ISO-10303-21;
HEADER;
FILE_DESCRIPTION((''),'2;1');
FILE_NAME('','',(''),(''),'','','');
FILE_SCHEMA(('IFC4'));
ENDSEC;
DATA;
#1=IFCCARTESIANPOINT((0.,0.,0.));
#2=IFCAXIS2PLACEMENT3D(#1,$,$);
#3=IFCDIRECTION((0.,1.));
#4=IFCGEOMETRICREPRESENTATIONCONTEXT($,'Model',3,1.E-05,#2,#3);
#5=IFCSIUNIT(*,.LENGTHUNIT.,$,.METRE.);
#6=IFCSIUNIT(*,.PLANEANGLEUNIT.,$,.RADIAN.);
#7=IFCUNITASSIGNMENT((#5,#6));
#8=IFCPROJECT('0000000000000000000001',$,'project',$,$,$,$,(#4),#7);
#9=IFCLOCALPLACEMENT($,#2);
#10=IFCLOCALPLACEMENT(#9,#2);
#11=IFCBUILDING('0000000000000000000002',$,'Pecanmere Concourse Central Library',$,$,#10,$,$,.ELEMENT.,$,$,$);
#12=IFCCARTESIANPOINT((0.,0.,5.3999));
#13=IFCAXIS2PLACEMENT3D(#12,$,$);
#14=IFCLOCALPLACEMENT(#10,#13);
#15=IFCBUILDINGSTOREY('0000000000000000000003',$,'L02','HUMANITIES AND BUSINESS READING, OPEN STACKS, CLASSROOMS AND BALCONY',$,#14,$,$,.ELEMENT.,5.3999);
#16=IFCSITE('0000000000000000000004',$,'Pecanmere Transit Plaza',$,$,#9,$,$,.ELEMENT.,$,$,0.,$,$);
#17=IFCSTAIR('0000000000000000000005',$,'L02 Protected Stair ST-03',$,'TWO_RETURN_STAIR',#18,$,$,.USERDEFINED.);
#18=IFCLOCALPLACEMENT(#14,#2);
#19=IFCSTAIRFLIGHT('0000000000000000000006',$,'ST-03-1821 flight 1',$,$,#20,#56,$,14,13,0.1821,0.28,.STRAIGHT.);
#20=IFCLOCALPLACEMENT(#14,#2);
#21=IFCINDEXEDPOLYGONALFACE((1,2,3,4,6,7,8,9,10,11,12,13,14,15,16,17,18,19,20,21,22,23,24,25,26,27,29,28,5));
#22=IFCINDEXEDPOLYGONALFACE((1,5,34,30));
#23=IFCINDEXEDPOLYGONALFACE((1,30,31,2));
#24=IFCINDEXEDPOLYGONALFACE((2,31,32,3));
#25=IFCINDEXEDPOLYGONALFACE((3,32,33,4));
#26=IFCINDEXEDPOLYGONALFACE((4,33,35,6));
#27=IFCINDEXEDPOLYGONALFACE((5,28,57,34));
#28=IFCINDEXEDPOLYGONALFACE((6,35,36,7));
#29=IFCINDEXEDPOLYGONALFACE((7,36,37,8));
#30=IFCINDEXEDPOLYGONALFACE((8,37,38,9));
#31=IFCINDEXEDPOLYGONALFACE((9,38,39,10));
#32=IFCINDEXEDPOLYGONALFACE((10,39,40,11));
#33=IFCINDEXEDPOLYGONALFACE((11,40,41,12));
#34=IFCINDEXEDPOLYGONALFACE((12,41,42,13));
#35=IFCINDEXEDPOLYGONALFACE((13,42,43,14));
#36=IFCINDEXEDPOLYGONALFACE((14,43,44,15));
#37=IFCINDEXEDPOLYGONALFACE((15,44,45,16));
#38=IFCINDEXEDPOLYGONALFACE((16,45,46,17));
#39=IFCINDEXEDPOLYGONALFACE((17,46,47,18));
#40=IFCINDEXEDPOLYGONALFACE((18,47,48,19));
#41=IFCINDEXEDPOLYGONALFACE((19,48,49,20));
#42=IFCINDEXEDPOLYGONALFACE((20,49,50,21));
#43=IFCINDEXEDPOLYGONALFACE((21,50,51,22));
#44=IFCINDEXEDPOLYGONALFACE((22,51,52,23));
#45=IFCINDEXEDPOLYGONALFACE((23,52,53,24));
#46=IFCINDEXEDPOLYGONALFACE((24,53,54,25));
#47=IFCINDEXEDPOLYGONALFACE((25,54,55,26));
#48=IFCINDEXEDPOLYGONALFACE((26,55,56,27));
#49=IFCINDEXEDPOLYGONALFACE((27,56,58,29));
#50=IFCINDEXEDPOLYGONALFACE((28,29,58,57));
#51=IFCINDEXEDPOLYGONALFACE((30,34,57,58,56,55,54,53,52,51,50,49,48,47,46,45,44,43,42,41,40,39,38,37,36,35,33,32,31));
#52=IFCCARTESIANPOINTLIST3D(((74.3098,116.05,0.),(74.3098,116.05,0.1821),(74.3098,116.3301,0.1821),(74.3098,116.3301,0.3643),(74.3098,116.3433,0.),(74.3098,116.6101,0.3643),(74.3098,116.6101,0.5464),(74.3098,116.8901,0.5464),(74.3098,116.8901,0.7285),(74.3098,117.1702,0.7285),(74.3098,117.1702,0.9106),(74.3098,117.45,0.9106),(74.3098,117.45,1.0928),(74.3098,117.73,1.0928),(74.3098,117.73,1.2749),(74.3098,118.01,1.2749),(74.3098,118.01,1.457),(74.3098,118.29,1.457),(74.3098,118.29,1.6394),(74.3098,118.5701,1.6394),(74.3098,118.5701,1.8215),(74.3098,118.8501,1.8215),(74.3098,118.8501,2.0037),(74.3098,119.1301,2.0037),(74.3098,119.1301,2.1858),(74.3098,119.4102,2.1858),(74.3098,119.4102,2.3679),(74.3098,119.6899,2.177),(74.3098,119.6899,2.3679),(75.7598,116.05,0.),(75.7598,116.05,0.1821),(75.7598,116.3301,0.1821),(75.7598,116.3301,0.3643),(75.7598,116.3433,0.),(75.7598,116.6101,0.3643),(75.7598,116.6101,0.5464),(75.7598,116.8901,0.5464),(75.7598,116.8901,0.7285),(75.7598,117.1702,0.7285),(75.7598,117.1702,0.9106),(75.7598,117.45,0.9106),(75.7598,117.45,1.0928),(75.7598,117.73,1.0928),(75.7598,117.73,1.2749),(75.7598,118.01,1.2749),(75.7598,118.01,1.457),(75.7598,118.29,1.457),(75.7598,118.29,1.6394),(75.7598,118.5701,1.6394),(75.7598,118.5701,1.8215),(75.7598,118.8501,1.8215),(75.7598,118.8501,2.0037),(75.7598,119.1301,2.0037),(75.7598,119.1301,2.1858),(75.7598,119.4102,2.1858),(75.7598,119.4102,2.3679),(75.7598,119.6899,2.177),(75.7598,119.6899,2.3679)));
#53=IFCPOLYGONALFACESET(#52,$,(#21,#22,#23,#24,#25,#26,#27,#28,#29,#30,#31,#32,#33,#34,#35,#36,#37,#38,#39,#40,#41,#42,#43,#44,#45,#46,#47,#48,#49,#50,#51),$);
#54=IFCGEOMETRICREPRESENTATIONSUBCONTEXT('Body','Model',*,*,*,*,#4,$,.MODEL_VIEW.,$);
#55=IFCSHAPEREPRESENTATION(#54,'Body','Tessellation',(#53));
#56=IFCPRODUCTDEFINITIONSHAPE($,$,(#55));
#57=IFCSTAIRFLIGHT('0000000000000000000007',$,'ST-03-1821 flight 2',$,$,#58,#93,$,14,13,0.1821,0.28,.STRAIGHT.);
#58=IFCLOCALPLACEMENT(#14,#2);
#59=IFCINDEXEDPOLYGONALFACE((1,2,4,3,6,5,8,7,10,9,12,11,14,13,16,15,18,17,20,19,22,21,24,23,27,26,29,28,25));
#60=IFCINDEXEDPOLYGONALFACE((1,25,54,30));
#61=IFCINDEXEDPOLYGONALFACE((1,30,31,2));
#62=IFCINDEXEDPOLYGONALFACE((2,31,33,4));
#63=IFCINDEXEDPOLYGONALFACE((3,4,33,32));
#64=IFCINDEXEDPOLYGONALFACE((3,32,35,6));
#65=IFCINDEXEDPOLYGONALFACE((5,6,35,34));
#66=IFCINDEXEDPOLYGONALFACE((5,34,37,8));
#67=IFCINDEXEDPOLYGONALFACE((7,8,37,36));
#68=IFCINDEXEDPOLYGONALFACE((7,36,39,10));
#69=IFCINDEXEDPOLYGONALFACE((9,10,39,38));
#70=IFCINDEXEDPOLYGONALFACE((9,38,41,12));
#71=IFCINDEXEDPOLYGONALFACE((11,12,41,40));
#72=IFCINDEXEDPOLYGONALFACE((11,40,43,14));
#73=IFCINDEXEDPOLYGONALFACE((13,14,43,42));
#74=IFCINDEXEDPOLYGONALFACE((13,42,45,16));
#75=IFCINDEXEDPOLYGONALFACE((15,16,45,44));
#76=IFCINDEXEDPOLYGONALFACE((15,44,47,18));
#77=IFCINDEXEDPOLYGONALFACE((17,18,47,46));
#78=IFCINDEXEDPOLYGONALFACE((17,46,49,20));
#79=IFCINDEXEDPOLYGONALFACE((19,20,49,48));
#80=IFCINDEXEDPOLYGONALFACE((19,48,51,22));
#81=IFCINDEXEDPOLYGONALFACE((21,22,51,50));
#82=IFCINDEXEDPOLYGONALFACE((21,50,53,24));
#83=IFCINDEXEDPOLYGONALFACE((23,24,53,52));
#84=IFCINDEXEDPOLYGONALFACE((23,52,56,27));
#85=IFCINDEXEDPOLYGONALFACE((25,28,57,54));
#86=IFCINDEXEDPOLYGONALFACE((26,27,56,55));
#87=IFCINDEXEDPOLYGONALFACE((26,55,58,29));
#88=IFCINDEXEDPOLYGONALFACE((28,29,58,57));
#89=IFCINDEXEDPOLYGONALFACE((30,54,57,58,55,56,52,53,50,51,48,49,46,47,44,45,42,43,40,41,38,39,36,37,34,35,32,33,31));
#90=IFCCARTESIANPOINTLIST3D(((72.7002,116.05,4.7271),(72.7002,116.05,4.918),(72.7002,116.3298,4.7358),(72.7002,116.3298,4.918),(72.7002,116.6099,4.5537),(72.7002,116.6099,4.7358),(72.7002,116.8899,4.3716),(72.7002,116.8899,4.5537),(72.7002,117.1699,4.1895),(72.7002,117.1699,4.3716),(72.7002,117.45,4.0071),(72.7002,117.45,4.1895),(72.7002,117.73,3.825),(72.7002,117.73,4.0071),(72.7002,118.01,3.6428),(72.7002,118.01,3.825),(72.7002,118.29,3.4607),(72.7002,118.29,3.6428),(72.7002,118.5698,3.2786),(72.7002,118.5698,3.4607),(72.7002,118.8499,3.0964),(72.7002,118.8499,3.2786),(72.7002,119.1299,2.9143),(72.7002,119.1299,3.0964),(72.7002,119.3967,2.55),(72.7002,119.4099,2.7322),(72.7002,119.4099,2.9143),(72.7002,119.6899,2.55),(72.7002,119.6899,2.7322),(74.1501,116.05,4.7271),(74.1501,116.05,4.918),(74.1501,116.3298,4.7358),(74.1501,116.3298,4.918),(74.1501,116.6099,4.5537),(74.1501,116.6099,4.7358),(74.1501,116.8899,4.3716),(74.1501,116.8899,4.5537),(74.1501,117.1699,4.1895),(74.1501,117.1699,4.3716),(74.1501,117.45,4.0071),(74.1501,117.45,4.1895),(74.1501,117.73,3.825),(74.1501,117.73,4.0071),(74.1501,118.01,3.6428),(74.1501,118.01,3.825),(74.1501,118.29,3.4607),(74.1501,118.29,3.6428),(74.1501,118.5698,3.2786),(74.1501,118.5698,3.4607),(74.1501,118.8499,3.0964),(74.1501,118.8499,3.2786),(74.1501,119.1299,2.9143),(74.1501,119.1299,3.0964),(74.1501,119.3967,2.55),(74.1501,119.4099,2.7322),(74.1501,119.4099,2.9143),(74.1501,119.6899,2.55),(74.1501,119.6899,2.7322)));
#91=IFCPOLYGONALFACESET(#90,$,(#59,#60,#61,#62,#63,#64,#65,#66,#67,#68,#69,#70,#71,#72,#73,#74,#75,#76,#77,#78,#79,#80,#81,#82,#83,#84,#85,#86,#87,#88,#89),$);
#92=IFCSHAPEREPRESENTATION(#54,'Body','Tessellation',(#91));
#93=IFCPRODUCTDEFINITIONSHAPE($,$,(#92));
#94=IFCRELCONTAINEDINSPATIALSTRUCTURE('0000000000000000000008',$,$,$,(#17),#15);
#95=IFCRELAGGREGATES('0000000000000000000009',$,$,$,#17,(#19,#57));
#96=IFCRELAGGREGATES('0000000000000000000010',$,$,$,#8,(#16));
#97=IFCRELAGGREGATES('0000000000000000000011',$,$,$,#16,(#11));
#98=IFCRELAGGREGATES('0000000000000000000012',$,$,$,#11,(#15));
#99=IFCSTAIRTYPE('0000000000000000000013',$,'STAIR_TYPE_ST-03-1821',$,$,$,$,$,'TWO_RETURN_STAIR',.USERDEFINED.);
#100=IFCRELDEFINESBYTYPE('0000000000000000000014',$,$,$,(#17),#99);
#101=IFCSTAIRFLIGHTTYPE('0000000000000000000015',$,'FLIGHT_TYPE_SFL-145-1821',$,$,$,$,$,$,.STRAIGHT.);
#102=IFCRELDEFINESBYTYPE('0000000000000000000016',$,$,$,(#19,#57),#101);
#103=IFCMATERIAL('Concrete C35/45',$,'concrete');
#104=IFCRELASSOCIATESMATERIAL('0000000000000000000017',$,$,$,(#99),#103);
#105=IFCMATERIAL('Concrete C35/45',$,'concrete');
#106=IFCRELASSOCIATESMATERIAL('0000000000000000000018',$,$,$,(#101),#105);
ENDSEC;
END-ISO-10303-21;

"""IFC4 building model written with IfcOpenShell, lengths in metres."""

from ifc_helpers import new_model, si_unit, direction, frame, origin, place, context, subcontext, project, spatial, polyline, outline, extrude, material, type_object, element, aggregate, save


model = new_model("IFC4")

# Units and contexts
model_context = context("Model", 3, precision=1e-05, world=origin(), true_north=direction((0.0, 1.0)))
body_context = subcontext(model_context, "Body", "Model", "MODEL_VIEW")
ifc_project = project(units=[si_unit("LENGTHUNIT", "METRE"), si_unit("PLANEANGLEUNIT", "RADIAN")], contexts=[model_context])

# Site, building, storey
site_placement = place(None, origin())
site = spatial("IfcSite", under=ifc_project, at=site_placement, Name="Pecanmere Transit Plaza", CompositionType="ELEMENT", RefElevation=0.0)
building_placement = place(site_placement, origin())
building = spatial("IfcBuilding", under=site, at=building_placement, Name="Pecanmere Concourse Central Library", CompositionType="ELEMENT")
storey_placement = place(building_placement, frame((0.0, 0.0, 5.3999)))
storey = spatial("IfcBuildingStorey", under=building, at=storey_placement, Name="L02", Description="HUMANITIES AND BUSINESS READING, OPEN STACKS, CLASSROOMS AND BALCONY", CompositionType="ELEMENT", Elevation=5.3999)

# Stair, stair flights
ifc_material_1 = material(Name="Concrete C35/45", Category="concrete")
stair_type = type_object("IfcStairType", Name="STAIR_TYPE_ST-03-1821", ElementType="TWO_RETURN_STAIR", PredefinedType="USERDEFINED", material=ifc_material_1)
stair_placement = place(storey_placement, origin())
stair = element("IfcStair", 1, at=stair_placement, inside=storey, type_object=stair_type, Name="L02 Protected Stair ST-03", ObjectType="TWO_RETURN_STAIR", PredefinedType="USERDEFINED")
ifc_material_2 = material(Name="Concrete C35/45", Category="concrete")
stair_flight_type = type_object("IfcStairFlightType", Name="FLIGHT_TYPE_SFL-145-1821", PredefinedType="STRAIGHT", material=ifc_material_2)
stair_flight_1_placement = place(storey_placement, frame((75.0349, 116.05, 0.0), z_axis=(0.0, 0.0, 1.0), x_axis=(0.0, 1.0, 0.0)))
stair_flight_1 = element("IfcStairFlight", 2, at=stair_flight_1_placement, type_object=stair_flight_type, Name="ST-03-1821 flight 1", NumberOfRisers=14, NumberOfTreads=13, PredefinedType="STRAIGHT", RiserHeight=0.1821, TreadLength=0.28, context=body_context, shape_type="SweptSolid", body=[
    extrude(outline(polyline([(0.0, 0.0), (0.0, 0.1821), (0.28, 0.1821), (0.28, 0.3643), (0.5601, 0.3643), (0.5601, 0.5464), (0.8401, 0.5464), (0.8401, 0.7285), (1.1201, 0.7285), (1.1201, 0.9106), (1.3999, 0.9106), (1.3999, 1.0928), (1.6799, 1.0928), (1.6799, 1.2749), (1.96, 1.2749), (1.96, 1.457), (2.24, 1.457), (2.24, 1.6394), (2.52, 1.6394), (2.52, 1.8215), (2.8, 1.8215), (2.8, 2.0037), (3.0801, 2.0037), (3.0801, 2.1858), (3.3601, 2.1858), (3.3601, 2.3679), (3.6399, 2.3679), (3.6399, 2.55), (3.6399, 2.177), (0.2932, 0.0), (0.0, 0.0)])), frame((0.0, 0.7251, 0.0), z_axis=(0.0, -1.0, 0.0), x_axis=(1.0, 0.0, 0.0)), (0.0, 0.0, 1.0), 1.45),
])
stair_flight_2_placement = place(storey_placement, frame((73.425, 119.6899, 2.55), z_axis=(0.0, 0.0, 1.0), x_axis=(0.0, -1.0, 0.0)))
stair_flight_2 = element("IfcStairFlight", 3, at=stair_flight_2_placement, type_object=stair_flight_type, Name="ST-03-1821 flight 2", NumberOfRisers=14, NumberOfTreads=13, PredefinedType="STRAIGHT", RiserHeight=0.1821, TreadLength=0.28, context=body_context, shape_type="SweptSolid", body=[
    extrude(outline(polyline([(0.0, 0.0), (0.0, 0.1821), (0.28, 0.1821), (0.28, 0.3643), (0.5601, 0.3643), (0.5601, 0.5464), (0.8401, 0.5464), (0.8401, 0.7285), (1.1201, 0.7285), (1.1201, 0.9106), (1.3999, 0.9106), (1.3999, 1.0928), (1.6799, 1.0928), (1.6799, 1.2749), (1.96, 1.2749), (1.96, 1.457), (2.24, 1.457), (2.24, 1.6394), (2.52, 1.6394), (2.52, 1.8215), (2.8, 1.8215), (2.8, 2.0037), (3.0801, 2.0037), (3.0801, 2.1858), (3.3601, 2.1858), (3.3601, 2.3679), (3.6399, 2.3679), (3.6399, 2.55), (3.6399, 2.177), (0.2932, 0.0), (0.0, 0.0)])), frame((0.0, 0.7251, 0.0), z_axis=(0.0, -1.0, 0.0), x_axis=(1.0, 0.0, 0.0)), (0.0, 0.0, 1.0), 1.45),
])
aggregate(stair, [stair_flight_1, stair_flight_2])

save(model, "model.ifc")
